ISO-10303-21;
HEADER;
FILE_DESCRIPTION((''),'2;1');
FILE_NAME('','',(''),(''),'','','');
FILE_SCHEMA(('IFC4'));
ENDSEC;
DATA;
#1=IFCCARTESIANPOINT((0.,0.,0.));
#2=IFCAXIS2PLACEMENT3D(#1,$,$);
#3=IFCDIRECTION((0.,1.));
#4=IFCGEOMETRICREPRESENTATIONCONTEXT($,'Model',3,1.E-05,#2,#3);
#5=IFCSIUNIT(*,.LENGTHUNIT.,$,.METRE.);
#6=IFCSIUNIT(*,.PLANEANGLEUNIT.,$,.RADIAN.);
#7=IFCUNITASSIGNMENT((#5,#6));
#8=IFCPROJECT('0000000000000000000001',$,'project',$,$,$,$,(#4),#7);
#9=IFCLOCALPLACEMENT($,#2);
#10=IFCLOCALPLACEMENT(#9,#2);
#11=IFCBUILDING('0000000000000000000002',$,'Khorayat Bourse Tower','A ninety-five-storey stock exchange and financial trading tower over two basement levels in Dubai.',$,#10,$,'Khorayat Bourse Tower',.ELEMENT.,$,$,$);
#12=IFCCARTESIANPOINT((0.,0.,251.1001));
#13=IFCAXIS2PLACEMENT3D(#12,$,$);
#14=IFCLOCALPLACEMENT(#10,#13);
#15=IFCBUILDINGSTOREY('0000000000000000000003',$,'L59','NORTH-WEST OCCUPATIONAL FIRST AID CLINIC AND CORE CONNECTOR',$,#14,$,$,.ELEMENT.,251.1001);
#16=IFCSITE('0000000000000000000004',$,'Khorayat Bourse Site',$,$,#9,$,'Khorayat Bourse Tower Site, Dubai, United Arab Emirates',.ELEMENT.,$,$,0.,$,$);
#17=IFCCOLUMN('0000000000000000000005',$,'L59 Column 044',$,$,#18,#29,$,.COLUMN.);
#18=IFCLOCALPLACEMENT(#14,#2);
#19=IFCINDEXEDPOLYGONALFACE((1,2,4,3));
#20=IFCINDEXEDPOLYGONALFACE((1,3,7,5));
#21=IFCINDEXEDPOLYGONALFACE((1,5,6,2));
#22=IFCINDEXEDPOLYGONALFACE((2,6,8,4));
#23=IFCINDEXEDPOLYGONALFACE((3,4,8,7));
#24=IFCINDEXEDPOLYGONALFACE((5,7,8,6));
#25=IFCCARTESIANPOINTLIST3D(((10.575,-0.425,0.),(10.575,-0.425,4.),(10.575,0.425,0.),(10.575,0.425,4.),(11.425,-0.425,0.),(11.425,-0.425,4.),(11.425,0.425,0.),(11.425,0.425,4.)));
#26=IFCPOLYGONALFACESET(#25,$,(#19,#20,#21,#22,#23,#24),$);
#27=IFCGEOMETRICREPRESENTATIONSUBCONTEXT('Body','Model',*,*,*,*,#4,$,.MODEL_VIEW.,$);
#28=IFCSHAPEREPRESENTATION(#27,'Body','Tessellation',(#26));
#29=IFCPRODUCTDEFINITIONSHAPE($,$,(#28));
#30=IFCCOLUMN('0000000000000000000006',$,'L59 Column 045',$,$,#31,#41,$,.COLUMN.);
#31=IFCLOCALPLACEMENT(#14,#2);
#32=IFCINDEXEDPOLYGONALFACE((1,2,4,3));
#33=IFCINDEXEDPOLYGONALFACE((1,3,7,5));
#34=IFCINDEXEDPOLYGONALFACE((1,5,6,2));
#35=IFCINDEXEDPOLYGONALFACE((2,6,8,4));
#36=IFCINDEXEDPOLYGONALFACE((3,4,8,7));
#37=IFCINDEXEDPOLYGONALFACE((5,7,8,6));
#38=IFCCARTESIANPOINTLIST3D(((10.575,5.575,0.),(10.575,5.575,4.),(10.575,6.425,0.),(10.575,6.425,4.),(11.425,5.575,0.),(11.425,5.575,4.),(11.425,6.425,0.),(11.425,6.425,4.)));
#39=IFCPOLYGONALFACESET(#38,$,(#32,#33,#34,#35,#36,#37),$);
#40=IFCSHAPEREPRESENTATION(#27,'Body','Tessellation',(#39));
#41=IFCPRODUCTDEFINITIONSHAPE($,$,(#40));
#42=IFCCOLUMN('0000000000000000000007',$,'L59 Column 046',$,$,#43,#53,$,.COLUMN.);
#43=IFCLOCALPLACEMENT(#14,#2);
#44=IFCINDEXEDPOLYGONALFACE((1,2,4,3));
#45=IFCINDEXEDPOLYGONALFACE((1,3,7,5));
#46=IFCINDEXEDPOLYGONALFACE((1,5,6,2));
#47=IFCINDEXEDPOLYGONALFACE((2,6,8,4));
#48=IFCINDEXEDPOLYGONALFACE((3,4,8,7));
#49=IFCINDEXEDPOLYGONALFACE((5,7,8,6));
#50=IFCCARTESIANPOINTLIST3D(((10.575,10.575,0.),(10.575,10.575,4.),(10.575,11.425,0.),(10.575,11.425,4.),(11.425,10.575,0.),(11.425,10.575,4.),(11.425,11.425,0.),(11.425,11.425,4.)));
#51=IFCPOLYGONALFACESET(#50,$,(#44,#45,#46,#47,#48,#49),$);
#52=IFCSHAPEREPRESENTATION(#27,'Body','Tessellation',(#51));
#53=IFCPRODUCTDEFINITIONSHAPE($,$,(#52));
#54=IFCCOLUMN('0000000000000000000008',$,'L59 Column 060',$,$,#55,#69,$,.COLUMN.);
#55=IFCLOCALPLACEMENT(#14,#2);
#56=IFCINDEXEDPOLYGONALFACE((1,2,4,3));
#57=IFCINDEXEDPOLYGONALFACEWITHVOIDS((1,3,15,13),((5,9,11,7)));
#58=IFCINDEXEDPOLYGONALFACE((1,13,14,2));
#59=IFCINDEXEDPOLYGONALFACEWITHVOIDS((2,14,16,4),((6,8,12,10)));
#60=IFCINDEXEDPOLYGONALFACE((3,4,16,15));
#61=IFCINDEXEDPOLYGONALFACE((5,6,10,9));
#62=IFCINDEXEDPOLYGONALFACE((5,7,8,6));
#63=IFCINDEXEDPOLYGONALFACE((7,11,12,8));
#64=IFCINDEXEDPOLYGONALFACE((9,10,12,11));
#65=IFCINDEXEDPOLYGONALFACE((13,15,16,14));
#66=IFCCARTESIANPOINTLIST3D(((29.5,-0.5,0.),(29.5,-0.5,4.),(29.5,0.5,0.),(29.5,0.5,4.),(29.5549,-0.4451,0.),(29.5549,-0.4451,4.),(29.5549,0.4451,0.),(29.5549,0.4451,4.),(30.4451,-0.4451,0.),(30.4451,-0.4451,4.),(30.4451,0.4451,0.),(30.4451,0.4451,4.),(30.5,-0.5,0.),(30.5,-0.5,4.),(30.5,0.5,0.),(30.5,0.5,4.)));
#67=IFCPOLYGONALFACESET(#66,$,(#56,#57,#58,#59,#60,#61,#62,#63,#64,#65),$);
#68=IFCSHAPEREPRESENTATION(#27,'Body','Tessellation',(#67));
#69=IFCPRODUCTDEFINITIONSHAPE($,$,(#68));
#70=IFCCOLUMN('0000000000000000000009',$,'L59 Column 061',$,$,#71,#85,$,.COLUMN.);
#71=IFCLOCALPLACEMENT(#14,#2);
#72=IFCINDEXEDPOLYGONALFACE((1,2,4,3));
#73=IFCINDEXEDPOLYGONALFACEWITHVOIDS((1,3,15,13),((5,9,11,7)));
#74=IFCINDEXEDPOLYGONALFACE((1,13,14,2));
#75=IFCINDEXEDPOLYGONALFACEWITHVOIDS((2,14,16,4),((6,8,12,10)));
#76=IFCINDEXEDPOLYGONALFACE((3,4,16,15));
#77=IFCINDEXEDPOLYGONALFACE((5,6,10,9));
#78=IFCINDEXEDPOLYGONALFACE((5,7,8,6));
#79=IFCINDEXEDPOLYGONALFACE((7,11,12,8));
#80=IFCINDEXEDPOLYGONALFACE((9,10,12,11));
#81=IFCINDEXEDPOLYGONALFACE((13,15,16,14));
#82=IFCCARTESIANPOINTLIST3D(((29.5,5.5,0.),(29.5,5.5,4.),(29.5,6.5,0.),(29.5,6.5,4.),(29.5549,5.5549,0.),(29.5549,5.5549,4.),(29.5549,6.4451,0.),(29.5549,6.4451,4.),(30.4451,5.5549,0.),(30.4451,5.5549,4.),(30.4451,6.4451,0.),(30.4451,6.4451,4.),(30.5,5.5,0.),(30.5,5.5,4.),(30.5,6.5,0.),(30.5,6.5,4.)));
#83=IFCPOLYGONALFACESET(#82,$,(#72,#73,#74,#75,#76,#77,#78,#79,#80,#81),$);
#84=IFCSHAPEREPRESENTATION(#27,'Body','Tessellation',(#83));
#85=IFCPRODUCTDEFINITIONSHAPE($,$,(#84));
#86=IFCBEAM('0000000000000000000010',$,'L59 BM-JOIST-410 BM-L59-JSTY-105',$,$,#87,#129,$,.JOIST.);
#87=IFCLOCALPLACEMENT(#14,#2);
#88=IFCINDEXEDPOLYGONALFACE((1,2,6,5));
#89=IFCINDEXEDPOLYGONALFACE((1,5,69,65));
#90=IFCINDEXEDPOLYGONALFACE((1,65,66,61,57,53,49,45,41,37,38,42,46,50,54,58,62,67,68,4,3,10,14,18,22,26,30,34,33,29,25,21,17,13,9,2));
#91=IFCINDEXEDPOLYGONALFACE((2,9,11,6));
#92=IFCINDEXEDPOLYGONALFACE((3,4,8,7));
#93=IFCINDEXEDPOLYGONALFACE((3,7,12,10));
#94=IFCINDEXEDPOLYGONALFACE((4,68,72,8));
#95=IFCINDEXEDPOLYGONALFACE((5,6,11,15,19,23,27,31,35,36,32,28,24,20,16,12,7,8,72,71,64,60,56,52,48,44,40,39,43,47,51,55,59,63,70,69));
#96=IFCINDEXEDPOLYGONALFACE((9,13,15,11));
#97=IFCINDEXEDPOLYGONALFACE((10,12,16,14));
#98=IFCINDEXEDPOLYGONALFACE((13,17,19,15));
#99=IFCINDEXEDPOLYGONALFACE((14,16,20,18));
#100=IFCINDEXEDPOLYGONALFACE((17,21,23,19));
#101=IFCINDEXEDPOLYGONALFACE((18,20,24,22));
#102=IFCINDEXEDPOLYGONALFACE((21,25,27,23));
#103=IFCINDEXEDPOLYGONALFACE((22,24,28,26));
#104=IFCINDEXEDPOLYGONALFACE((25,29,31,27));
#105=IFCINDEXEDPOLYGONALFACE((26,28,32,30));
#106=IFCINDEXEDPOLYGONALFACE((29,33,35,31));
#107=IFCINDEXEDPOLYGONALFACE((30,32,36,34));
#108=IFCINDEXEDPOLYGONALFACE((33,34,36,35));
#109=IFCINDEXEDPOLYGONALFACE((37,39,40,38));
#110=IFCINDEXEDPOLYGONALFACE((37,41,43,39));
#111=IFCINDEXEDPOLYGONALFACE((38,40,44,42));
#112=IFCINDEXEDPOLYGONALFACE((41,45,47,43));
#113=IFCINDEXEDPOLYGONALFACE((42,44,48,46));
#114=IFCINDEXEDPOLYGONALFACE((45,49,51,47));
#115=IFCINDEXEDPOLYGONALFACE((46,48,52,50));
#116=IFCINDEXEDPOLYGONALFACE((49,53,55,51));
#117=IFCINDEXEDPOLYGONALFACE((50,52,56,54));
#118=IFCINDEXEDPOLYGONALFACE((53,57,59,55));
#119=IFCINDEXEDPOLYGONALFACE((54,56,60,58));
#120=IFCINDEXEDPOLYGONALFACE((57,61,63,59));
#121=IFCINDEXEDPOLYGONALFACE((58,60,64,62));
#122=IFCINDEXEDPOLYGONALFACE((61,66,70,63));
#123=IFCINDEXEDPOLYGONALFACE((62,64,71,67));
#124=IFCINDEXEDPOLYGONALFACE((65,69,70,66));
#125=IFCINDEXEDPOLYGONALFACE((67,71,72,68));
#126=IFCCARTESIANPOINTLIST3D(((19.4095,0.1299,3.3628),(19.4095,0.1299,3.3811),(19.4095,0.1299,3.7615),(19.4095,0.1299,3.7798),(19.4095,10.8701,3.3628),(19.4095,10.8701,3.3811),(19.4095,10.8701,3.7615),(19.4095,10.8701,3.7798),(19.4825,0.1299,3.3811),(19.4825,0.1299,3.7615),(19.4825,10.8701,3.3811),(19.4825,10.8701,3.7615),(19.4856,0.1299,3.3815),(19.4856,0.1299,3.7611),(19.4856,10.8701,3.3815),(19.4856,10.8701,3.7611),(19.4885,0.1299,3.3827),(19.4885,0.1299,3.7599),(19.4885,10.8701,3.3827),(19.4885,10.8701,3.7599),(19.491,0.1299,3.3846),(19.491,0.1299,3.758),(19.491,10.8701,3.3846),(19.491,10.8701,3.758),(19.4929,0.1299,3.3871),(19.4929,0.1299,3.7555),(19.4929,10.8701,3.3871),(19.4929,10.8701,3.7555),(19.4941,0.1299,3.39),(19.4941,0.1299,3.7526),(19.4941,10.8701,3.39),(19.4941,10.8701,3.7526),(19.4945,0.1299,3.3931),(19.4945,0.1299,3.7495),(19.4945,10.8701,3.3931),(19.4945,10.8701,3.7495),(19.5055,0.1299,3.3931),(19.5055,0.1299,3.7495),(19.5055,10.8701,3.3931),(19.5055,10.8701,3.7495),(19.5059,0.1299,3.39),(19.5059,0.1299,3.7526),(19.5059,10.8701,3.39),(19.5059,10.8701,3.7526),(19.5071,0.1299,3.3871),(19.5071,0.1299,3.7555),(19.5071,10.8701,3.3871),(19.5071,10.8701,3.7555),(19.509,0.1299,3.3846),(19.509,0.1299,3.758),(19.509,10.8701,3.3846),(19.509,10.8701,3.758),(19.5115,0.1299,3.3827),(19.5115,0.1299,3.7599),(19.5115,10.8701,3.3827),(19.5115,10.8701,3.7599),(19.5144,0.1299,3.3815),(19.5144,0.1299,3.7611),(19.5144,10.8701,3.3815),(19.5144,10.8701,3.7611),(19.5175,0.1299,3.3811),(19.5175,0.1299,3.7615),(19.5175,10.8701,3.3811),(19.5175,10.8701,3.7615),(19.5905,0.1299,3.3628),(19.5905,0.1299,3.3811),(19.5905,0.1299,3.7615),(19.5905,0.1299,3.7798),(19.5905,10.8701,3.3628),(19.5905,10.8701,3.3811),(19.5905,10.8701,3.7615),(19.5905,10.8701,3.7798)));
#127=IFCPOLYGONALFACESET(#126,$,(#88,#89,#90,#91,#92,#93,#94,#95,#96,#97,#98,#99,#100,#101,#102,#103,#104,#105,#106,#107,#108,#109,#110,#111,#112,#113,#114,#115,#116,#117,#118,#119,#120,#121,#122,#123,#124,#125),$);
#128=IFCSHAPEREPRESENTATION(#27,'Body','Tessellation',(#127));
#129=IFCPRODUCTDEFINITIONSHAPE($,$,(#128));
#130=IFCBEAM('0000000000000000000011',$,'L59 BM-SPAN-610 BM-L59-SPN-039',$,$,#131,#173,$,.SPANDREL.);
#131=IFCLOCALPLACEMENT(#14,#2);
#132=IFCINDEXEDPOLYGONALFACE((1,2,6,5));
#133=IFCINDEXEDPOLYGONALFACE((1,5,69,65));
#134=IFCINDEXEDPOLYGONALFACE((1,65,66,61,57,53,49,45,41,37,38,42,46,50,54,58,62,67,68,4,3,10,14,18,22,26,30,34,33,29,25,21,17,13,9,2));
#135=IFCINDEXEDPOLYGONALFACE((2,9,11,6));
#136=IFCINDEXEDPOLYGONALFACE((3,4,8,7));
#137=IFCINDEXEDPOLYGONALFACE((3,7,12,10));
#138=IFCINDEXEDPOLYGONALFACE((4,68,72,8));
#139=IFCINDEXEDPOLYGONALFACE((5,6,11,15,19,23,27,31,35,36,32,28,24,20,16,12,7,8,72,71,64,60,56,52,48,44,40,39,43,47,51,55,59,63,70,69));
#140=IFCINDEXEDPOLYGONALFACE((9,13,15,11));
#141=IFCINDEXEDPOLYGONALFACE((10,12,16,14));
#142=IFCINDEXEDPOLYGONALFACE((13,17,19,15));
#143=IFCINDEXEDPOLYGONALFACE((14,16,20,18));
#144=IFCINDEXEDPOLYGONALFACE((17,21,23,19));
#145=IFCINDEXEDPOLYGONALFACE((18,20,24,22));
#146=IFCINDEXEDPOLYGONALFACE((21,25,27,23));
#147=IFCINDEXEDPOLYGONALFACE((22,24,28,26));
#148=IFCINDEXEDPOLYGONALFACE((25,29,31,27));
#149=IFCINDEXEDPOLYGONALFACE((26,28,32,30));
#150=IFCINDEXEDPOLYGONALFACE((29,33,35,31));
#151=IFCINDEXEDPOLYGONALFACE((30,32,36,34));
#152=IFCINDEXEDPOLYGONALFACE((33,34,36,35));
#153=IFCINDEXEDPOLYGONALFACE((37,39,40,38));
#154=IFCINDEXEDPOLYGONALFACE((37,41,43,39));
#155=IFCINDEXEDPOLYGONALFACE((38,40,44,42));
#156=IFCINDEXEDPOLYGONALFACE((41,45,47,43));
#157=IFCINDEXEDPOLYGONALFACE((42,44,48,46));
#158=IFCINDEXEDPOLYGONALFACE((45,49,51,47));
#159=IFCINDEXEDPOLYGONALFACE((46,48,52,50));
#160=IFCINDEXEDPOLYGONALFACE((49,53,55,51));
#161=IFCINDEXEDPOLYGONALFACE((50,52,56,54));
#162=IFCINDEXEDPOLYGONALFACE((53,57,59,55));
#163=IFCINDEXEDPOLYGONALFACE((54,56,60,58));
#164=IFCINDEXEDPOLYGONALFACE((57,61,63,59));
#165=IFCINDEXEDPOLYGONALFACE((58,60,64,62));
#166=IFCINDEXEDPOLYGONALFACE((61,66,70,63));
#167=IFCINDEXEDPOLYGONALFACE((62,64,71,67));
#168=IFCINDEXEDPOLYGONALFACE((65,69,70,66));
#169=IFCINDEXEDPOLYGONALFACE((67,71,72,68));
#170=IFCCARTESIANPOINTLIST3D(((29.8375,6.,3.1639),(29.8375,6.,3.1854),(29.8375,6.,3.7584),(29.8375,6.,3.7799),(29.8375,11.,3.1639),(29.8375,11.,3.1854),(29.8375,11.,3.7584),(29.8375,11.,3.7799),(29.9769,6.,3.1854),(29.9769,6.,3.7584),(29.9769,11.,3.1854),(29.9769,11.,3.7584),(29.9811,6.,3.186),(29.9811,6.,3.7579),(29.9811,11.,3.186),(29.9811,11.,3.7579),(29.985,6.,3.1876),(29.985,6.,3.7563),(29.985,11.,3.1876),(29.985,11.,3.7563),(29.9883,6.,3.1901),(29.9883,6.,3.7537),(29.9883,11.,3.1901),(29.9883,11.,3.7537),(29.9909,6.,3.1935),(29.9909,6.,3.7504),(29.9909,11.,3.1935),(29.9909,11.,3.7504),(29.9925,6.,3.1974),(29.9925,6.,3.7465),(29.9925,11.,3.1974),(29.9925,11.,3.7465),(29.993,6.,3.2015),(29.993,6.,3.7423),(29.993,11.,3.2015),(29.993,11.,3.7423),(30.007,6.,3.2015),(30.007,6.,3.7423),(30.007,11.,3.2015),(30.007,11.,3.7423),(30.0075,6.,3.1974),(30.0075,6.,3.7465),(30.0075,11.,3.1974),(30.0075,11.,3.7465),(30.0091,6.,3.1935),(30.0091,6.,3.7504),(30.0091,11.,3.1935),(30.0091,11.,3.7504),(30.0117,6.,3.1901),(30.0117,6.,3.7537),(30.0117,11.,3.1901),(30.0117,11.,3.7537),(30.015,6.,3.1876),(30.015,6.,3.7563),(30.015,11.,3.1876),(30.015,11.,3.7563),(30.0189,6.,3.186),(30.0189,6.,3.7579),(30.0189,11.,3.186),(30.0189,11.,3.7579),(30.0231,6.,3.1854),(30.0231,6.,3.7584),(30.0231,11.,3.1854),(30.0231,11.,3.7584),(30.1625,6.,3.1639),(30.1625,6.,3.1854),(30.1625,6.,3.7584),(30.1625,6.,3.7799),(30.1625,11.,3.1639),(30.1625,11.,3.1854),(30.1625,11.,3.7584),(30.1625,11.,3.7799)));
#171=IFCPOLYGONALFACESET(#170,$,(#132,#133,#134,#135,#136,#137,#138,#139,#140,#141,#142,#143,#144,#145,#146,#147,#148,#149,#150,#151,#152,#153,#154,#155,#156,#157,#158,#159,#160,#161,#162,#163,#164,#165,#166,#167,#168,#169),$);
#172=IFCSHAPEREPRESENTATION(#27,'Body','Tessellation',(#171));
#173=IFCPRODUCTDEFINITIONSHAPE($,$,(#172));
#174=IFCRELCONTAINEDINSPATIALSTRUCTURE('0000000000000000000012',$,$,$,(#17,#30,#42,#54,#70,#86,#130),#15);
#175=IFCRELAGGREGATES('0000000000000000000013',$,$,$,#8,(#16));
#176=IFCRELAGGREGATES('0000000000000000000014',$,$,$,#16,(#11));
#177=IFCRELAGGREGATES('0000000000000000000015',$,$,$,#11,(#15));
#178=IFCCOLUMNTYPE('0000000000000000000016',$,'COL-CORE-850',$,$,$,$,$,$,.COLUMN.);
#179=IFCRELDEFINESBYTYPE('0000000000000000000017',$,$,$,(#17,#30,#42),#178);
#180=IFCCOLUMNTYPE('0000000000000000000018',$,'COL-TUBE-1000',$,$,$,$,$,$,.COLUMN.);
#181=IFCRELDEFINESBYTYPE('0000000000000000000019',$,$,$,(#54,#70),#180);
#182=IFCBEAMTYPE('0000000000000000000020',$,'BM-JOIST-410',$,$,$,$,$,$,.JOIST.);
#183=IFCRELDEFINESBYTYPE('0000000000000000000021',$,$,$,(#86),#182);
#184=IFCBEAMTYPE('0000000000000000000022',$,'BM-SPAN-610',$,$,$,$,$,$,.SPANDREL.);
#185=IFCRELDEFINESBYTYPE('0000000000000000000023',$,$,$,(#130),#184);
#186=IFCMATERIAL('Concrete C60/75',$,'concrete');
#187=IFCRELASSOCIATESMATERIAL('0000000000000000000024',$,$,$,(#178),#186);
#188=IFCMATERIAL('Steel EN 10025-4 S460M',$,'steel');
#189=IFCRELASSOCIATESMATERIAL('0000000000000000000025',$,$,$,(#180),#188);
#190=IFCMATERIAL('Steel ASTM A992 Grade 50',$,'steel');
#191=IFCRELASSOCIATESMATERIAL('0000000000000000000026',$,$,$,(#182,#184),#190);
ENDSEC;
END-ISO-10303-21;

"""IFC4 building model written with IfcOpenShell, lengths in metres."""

from ifc_helpers import new_model, si_unit, direction, frame, origin, origin_2d, place, context, subcontext, project, spatial, rectangle, hollow_rectangle, i_section, extrude, source, transform, mapped, material, material_profile, profile_set, type_object, element, save


model = new_model("IFC4")

# Units and contexts
model_context = context("Model", 3, precision=1e-05, world=origin(), true_north=direction((0.0, 1.0)))
body_context = subcontext(model_context, "Body", "Model", "MODEL_VIEW")
ifc_project = project(units=[si_unit("LENGTHUNIT", "METRE"), si_unit("PLANEANGLEUNIT", "RADIAN")], contexts=[model_context])

# Site, building, storey
site_placement = place(None, origin())
site = spatial("IfcSite", under=ifc_project, at=site_placement, Name="Khorayat Bourse Site", LongName="Khorayat Bourse Tower Site, Dubai, United Arab Emirates", CompositionType="ELEMENT", RefElevation=0.0)
building_placement = place(site_placement, origin())
building = spatial("IfcBuilding", under=site, at=building_placement, Name="Khorayat Bourse Tower", Description="A ninety-five-storey stock exchange and financial trading tower over two basement levels in Dubai.", LongName="Khorayat Bourse Tower", CompositionType="ELEMENT")
storey_placement = place(building_placement, frame((0.0, 0.0, 251.1001)))
storey = spatial("IfcBuildingStorey", under=building, at=storey_placement, Name="L59", Description="NORTH-WEST OCCUPATIONAL FIRST AID CLINIC AND CORE CONNECTOR", CompositionType="ELEMENT", Elevation=251.1001)

# Columns
ifc_material_1 = material(Name="Concrete C60/75", Category="concrete")
ifc_material_profile_1 = material_profile(ifc_material_1, rectangle(XDim=0.8501, YDim=0.8501, at=origin_2d()), Name="RC 850x850")
ifc_profile_set_1 = profile_set([ifc_material_profile_1], Name="Concrete C60/75")
column_type_1 = type_object("IfcColumnType", Name="COL-CORE-850", PredefinedType="COLUMN", material=ifc_profile_set_1)
shared_shape_1 = source(origin(), body_context, "Body", "SweptSolid", [
    extrude(rectangle(XDim=0.8501, YDim=0.8501, at=origin_2d()), origin(), (0.0, 0.0, 1.0), 4.0),
])
for number, where, z_axis, x_axis, name in (
    (1, (11.0, 0.0, 0.0), (0.0, 0.0, 1.0), (1.0, 0.0, 0.0), "L59 Column 044"),
    (2, (11.0, 6.0, 0.0), (0.0, 0.0, 1.0), (1.0, 0.0, 0.0), "L59 Column 045"),
    (3, (11.0, 11.0, 0.0), (0.0, 0.0, 1.0), (1.0, 0.0, 0.0), "L59 Column 046"),
):
    element("IfcColumn", number, at=place(storey_placement, frame(where, z_axis=z_axis, x_axis=x_axis)), inside=storey, type_object=column_type_1, Name=name, PredefinedType="COLUMN", context=body_context, shape_type="MappedRepresentation", body=[
        mapped(shared_shape_1, transform((0.0, 0.0, 0.0), scale=1.0)),
    ])
ifc_material_2 = material(Name="Steel EN 10025-4 S460M", Category="steel")
ifc_material_profile_2 = material_profile(ifc_material_2, hollow_rectangle(XDim=1.0, YDim=1.0, WallThickness=0.0549, at=origin_2d()), Name="BOX 1000x1000x55")
ifc_profile_set_2 = profile_set([ifc_material_profile_2], Name="Steel EN 10025-4 S460M")
column_type_2 = type_object("IfcColumnType", Name="COL-TUBE-1000", PredefinedType="COLUMN", material=ifc_profile_set_2)
shared_shape_2 = source(origin(), body_context, "Body", "SweptSolid", [
    extrude(hollow_rectangle(XDim=1.0, YDim=1.0, WallThickness=0.0549, at=origin_2d()), origin(), (0.0, 0.0, 1.0), 4.0),
])
for number, where, z_axis, x_axis, name in (
    (4, (30.0, 0.0, 0.0), (0.0, 0.0, 1.0), (1.0, 0.0, 0.0), "L59 Column 060"),
    (5, (30.0, 6.0, 0.0), (0.0, 0.0, 1.0), (1.0, 0.0, 0.0), "L59 Column 061"),
):
    element("IfcColumn", number, at=place(storey_placement, frame(where, z_axis=z_axis, x_axis=x_axis)), inside=storey, type_object=column_type_2, Name=name, PredefinedType="COLUMN", context=body_context, shape_type="MappedRepresentation", body=[
        mapped(shared_shape_2, transform((0.0, 0.0, 0.0), scale=1.0)),
    ])

# Beams
ifc_material_3 = material(Name="Steel ASTM A992 Grade 50", Category="steel")
ifc_material_profile_3 = material_profile(ifc_material_3, i_section(OverallWidth=0.1809, OverallDepth=0.417, WebThickness=0.011, FlangeThickness=0.0183, FilletRadius=0.012, at=origin_2d()), Name="W410X85")
ifc_profile_set_3 = profile_set([ifc_material_profile_3], Name="Steel ASTM A992 Grade 50")
beam_type_1 = type_object("IfcBeamType", Name="BM-JOIST-410", PredefinedType="JOIST", material=ifc_profile_set_3)
shared_shape_3 = source(origin(), body_context, "Body", "SweptSolid", [
    extrude(i_section(OverallWidth=0.1809, OverallDepth=0.417, WebThickness=0.011, FlangeThickness=0.0183, FilletRadius=0.012, at=origin_2d()), origin(), (0.0, 0.0, 1.0), 10.7402),
])
beam_1_placement = place(storey_placement, frame((19.5, 0.1299, 3.5713), z_axis=(0.0, 1.0, 0.0), x_axis=(-1.0, 0.0, 0.0)))
element("IfcBeam", 6, at=beam_1_placement, inside=storey, type_object=beam_type_1, Name="L59 BM-JOIST-410 BM-L59-JSTY-105", PredefinedType="JOIST", context=body_context, shape_type="MappedRepresentation", body=[
    mapped(shared_shape_3, transform((0.0, 0.0, 0.0), scale=1.0)),
])
ifc_material_profile_4 = material_profile(ifc_material_3, i_section(OverallWidth=0.325, OverallDepth=0.616, WebThickness=0.0139, FlangeThickness=0.0215, FilletRadius=0.0161, at=origin_2d()), Name="W610X174")
ifc_profile_set_4 = profile_set([ifc_material_profile_4], Name="Steel ASTM A992 Grade 50")
beam_type_2 = type_object("IfcBeamType", Name="BM-SPAN-610", PredefinedType="SPANDREL", material=ifc_profile_set_4)
shared_shape_4 = source(origin(), body_context, "Body", "SweptSolid", [
    extrude(i_section(OverallWidth=0.325, OverallDepth=0.616, WebThickness=0.0139, FlangeThickness=0.0215, FilletRadius=0.0161, at=origin_2d()), origin(), (0.0, 0.0, 1.0), 5.0),
])
beam_2_placement = place(storey_placement, frame((30.0, 6.0, 3.4719), z_axis=(0.0, 1.0, 0.0), x_axis=(-1.0, 0.0, 0.0)))
element("IfcBeam", 7, at=beam_2_placement, inside=storey, type_object=beam_type_2, Name="L59 BM-SPAN-610 BM-L59-SPN-039", PredefinedType="SPANDREL", context=body_context, shape_type="MappedRepresentation", body=[
    mapped(shared_shape_4, transform((0.0, 0.0, 0.0), scale=1.0)),
])

save(model, "model.ifc")
